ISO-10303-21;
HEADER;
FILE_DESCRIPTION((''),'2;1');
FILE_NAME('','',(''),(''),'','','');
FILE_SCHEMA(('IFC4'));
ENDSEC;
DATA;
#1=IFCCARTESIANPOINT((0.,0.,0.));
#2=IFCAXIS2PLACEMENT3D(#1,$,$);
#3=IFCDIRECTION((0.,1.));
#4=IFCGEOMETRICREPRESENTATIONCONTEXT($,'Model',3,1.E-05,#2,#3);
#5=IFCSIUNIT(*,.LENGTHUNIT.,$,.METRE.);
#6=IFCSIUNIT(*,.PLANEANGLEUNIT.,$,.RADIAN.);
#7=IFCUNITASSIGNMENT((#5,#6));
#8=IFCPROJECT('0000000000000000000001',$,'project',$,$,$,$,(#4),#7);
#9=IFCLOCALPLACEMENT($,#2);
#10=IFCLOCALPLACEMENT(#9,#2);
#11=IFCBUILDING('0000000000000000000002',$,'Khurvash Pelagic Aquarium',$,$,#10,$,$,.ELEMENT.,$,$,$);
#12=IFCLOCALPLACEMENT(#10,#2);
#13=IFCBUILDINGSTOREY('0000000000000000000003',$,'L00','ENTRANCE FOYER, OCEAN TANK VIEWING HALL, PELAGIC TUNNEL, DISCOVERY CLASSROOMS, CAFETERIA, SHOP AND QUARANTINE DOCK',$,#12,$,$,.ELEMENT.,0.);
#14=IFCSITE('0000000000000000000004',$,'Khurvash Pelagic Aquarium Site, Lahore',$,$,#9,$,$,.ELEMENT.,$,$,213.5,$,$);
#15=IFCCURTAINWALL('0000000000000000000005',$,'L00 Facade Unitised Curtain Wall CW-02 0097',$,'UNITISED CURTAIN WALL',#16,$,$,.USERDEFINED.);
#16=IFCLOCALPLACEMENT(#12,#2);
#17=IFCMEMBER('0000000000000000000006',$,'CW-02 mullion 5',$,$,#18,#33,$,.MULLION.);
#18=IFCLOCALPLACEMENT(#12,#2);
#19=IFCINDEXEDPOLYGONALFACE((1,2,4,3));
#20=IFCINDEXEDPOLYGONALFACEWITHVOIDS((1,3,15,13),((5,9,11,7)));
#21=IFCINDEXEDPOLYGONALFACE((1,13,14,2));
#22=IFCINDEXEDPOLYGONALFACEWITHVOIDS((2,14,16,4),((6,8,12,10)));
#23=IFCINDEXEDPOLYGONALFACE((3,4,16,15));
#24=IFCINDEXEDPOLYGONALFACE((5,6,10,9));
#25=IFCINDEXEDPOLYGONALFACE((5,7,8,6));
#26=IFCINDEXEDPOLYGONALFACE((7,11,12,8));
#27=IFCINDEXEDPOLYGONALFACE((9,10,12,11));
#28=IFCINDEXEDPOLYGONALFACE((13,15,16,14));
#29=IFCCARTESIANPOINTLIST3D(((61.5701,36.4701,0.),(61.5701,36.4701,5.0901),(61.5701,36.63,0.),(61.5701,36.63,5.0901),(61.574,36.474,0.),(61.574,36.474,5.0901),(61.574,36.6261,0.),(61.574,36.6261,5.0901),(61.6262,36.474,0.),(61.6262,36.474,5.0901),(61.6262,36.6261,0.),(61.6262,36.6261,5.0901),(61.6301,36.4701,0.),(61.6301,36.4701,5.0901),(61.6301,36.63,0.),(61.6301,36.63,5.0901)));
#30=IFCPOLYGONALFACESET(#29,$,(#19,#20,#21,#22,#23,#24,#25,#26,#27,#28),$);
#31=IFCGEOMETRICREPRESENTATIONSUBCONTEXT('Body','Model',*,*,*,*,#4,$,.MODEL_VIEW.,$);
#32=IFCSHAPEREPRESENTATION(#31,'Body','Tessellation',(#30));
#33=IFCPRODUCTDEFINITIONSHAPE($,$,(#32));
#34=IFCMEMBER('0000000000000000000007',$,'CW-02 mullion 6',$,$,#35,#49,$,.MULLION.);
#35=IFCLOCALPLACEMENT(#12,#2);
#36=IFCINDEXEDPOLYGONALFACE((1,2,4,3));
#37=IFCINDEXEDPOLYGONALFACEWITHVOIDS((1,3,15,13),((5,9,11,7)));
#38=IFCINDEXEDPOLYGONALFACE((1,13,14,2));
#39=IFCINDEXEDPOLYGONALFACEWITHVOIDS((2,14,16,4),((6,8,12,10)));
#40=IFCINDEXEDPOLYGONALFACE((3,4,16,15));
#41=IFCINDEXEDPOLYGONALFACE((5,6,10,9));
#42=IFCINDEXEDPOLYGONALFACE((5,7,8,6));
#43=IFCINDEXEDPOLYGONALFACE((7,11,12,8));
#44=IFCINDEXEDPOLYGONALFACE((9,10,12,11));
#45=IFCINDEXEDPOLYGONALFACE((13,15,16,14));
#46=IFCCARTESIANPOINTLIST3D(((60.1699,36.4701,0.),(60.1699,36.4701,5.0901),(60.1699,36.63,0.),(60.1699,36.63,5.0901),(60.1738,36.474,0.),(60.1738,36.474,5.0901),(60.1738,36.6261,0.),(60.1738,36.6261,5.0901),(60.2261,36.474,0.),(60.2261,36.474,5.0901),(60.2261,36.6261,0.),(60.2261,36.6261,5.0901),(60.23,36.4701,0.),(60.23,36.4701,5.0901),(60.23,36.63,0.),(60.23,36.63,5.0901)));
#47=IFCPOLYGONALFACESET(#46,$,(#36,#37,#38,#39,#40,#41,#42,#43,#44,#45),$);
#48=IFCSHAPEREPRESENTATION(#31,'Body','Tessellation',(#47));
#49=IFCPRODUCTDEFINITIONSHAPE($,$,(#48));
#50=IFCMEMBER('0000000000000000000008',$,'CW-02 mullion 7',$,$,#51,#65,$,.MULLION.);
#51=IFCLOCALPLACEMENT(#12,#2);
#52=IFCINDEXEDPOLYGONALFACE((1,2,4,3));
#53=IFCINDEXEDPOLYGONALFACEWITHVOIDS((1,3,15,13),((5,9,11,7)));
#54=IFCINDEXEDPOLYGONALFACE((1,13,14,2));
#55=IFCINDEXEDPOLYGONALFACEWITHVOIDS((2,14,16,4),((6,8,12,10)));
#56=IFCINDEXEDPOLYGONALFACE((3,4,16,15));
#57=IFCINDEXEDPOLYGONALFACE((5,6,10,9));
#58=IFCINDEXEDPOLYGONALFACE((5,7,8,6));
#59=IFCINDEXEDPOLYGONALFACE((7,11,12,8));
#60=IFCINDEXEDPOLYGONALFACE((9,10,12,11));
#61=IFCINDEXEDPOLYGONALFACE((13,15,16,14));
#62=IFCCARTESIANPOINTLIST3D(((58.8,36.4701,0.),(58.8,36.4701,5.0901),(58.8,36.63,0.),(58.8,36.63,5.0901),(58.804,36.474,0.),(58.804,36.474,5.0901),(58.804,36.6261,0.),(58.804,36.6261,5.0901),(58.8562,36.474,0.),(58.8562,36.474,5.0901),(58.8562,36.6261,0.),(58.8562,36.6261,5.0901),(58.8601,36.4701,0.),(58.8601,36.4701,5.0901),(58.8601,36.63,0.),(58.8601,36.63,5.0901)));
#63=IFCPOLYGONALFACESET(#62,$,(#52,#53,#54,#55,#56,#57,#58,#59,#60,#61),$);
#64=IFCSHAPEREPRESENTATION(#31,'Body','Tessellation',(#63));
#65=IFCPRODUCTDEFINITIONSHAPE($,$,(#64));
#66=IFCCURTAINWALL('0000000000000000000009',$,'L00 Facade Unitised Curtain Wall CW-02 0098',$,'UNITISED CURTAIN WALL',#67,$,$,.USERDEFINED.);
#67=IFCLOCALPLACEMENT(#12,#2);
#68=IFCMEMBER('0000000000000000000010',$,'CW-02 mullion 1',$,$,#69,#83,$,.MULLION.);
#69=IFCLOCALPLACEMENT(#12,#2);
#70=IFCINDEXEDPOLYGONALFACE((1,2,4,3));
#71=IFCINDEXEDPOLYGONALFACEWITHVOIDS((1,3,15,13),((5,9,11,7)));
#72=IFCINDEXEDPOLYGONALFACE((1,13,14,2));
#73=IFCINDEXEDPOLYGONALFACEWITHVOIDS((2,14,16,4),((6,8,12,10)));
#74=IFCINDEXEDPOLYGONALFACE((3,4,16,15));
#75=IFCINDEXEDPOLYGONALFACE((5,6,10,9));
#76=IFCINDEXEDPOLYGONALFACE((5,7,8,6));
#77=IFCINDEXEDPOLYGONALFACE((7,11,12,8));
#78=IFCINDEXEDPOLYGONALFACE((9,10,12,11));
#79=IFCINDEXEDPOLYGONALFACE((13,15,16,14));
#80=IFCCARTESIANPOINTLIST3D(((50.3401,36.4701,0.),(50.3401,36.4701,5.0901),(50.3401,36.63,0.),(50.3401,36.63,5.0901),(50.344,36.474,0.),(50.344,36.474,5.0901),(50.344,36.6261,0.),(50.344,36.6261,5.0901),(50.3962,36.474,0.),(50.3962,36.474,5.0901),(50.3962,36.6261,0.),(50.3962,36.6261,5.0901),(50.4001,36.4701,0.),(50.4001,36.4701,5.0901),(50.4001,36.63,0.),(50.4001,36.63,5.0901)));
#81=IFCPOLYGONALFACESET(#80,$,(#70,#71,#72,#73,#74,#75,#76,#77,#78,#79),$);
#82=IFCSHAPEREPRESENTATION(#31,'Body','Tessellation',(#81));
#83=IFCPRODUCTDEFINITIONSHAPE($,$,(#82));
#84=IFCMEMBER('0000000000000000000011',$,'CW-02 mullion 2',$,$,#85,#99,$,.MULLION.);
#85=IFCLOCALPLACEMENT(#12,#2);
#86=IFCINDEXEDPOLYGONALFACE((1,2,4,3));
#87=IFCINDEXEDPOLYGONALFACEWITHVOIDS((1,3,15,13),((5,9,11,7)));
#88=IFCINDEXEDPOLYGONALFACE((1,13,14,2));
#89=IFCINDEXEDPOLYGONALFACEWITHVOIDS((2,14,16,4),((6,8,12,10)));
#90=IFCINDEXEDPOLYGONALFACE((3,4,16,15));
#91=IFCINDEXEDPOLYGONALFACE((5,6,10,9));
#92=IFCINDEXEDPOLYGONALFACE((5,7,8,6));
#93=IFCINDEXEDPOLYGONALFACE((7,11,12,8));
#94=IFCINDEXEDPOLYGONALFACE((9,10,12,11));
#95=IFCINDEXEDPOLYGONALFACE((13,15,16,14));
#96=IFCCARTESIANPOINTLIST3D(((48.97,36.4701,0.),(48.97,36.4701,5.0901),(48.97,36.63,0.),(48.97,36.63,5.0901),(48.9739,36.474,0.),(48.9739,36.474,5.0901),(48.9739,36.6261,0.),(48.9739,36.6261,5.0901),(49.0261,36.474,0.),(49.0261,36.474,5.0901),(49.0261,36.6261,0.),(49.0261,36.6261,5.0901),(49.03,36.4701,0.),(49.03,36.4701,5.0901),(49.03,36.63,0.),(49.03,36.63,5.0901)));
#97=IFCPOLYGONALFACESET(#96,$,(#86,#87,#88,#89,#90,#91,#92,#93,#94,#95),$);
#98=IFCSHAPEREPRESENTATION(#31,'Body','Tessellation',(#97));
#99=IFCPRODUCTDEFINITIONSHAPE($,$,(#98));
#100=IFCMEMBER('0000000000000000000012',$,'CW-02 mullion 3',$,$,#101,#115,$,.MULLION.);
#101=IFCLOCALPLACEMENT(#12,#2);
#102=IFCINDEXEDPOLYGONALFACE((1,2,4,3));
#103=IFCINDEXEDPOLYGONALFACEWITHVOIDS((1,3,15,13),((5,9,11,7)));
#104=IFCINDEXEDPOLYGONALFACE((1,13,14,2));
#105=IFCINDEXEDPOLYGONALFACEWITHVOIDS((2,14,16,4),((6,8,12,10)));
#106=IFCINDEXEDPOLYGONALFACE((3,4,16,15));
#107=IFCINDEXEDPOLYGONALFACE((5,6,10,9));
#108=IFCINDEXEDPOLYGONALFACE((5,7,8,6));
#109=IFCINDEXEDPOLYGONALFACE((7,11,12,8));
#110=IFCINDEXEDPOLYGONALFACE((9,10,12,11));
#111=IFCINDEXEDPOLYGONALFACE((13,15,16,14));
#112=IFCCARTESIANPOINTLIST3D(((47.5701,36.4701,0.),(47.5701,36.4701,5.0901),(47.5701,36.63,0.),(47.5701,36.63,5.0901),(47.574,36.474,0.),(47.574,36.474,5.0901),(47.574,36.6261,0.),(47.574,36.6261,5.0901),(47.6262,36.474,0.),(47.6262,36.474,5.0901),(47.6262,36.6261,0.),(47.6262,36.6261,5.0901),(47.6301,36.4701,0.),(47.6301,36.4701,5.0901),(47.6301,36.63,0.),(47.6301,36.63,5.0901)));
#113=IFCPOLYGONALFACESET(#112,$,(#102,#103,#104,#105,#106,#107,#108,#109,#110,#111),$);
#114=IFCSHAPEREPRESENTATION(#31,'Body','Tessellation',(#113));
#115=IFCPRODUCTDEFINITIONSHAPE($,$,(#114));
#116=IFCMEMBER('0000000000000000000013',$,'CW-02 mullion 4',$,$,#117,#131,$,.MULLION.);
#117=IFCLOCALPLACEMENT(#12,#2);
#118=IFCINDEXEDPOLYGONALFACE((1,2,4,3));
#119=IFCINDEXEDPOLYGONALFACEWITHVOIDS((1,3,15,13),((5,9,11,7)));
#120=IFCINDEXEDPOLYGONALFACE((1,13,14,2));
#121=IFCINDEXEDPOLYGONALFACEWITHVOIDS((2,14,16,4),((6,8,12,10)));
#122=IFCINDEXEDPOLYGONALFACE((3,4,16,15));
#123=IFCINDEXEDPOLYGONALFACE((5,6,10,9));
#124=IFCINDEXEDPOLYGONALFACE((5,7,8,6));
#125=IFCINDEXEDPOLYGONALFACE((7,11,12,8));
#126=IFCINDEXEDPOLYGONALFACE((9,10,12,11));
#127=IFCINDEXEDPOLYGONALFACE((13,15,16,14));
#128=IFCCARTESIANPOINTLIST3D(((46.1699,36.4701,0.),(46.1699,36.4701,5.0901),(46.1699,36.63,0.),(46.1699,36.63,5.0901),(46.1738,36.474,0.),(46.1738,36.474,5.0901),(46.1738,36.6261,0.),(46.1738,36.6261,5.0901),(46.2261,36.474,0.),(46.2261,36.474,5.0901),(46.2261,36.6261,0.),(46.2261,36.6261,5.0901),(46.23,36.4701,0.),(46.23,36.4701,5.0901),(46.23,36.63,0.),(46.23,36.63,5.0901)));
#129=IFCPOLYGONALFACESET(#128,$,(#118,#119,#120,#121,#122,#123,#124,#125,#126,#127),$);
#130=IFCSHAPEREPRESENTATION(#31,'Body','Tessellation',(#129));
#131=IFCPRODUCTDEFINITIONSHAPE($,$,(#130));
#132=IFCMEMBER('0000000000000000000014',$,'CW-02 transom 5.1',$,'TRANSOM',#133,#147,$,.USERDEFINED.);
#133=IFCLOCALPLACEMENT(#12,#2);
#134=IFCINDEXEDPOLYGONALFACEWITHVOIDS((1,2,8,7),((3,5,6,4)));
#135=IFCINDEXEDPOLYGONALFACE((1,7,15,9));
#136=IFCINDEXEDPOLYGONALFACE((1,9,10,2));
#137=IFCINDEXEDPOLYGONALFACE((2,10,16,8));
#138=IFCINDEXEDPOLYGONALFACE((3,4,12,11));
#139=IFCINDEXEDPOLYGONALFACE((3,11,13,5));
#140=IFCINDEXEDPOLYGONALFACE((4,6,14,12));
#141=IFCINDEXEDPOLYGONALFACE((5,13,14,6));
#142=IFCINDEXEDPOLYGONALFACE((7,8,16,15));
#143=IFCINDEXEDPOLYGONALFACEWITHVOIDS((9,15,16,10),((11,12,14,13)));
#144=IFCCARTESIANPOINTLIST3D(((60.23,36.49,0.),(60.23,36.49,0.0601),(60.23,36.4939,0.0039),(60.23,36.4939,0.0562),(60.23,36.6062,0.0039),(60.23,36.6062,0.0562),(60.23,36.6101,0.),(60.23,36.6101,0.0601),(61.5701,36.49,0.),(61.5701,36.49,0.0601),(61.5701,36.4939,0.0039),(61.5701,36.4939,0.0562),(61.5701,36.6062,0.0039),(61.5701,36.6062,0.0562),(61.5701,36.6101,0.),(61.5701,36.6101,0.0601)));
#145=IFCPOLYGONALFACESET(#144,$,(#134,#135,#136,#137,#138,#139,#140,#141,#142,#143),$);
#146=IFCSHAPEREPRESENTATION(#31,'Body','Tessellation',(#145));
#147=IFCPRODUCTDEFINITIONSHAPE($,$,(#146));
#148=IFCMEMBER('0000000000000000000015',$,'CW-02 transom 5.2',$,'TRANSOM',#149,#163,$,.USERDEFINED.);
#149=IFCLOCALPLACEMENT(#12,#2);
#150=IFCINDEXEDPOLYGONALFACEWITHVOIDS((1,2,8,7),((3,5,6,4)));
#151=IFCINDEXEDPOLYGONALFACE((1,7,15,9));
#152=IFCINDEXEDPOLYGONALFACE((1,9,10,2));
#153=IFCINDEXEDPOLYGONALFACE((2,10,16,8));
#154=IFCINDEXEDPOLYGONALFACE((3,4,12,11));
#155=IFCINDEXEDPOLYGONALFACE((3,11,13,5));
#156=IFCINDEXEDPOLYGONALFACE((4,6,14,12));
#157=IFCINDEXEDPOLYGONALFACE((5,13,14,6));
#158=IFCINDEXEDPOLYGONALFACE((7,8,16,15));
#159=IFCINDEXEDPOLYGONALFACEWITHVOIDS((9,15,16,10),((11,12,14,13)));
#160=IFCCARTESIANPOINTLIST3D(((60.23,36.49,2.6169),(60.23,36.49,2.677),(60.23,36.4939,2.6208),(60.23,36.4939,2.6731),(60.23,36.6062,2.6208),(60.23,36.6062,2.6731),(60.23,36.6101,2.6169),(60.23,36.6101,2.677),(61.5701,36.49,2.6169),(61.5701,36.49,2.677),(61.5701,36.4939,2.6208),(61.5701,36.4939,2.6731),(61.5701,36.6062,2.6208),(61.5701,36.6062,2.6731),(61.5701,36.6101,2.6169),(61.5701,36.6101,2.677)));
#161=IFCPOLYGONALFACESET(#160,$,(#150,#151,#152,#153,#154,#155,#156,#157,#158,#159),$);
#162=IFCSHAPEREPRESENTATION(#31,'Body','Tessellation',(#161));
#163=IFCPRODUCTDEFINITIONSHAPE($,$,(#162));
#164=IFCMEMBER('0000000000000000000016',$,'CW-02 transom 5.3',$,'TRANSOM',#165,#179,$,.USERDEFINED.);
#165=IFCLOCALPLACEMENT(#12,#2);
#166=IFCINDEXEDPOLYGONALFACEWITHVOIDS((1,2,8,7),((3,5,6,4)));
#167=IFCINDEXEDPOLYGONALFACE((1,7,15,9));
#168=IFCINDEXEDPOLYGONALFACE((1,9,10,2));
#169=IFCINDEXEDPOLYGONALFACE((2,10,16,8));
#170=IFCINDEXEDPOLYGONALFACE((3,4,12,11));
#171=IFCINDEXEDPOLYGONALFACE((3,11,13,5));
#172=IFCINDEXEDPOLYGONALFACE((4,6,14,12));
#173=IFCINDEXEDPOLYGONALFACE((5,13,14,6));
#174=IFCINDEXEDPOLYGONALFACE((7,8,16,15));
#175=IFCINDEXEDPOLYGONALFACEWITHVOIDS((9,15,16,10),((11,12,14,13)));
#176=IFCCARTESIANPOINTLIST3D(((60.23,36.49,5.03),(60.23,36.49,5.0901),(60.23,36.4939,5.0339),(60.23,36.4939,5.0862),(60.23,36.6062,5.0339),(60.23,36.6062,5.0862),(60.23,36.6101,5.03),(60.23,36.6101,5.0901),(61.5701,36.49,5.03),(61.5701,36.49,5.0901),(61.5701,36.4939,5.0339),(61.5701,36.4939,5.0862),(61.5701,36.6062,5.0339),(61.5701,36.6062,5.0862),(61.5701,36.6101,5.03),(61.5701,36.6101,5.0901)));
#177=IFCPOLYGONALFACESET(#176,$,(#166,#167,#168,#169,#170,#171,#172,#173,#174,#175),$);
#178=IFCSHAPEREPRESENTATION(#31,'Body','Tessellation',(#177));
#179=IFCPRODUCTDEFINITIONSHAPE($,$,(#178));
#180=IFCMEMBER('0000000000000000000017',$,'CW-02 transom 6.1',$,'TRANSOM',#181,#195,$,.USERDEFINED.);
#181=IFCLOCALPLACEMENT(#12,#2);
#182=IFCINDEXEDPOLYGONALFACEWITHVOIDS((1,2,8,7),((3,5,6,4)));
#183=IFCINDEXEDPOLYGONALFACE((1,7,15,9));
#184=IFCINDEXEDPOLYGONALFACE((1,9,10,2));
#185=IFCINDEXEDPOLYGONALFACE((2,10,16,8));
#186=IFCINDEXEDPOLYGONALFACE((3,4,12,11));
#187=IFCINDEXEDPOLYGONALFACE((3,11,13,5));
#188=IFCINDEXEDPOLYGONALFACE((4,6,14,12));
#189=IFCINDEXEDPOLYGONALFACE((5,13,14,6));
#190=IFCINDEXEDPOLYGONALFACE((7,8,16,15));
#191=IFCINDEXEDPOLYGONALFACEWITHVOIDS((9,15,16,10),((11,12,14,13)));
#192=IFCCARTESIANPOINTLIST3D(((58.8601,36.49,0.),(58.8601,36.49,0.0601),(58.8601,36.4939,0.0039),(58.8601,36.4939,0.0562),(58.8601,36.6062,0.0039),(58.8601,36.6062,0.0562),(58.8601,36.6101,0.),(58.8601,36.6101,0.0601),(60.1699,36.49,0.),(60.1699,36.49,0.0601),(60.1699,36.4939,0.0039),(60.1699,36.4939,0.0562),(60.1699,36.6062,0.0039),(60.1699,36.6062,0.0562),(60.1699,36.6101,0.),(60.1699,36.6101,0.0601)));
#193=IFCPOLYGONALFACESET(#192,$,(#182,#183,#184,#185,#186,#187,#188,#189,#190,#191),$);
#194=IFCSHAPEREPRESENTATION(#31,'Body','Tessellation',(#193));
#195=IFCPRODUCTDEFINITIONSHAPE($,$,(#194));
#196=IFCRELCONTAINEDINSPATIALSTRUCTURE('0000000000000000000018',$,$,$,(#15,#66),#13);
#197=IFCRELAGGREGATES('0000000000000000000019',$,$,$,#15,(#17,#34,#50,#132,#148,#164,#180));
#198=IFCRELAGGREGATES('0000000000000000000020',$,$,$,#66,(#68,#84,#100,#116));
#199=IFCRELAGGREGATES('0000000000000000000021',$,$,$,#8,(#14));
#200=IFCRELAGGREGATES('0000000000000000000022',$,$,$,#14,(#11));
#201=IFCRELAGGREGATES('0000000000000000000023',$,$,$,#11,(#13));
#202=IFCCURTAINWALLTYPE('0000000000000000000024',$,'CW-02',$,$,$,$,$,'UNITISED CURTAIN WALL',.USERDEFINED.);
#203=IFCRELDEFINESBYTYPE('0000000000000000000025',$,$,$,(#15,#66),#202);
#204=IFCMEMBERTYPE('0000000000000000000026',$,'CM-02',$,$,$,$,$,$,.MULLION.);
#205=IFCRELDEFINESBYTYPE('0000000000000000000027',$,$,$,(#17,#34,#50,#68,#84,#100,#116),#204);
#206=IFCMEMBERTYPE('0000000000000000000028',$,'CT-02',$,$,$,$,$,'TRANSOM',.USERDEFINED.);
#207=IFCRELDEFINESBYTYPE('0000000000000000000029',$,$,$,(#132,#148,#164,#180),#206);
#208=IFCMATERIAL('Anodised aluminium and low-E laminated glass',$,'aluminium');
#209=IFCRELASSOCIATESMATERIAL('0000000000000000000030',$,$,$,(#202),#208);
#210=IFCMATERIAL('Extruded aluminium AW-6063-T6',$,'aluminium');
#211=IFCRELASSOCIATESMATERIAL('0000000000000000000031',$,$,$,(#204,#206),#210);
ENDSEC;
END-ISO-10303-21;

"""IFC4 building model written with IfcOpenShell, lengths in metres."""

from ifc_helpers import new_model, si_unit, direction, frame, origin, origin_2d, place, context, subcontext, project, spatial, hollow_rectangle, extrude, material, material_profile, profile_set, type_object, element, aggregate, save


model = new_model("IFC4")

# Units and contexts
model_context = context("Model", 3, precision=1e-05, world=origin(), true_north=direction((0.0, 1.0)))
body_context = subcontext(model_context, "Body", "Model", "MODEL_VIEW")
ifc_project = project(units=[si_unit("LENGTHUNIT", "METRE"), si_unit("PLANEANGLEUNIT", "RADIAN")], contexts=[model_context])

# Site, building, storey
site_placement = place(None, origin())
site = spatial("IfcSite", under=ifc_project, at=site_placement, Name="Khurvash Pelagic Aquarium Site, Lahore", CompositionType="ELEMENT", RefElevation=213.5)
building_placement = place(site_placement, origin())
building = spatial("IfcBuilding", under=site, at=building_placement, Name="Khurvash Pelagic Aquarium", CompositionType="ELEMENT")
storey_placement = place(building_placement, origin())
storey = spatial("IfcBuildingStorey", under=building, at=storey_placement, Name="L00", Description="ENTRANCE FOYER, OCEAN TANK VIEWING HALL, PELAGIC TUNNEL, DISCOVERY CLASSROOMS, CAFETERIA, SHOP AND QUARANTINE DOCK", CompositionType="ELEMENT", Elevation=0.0)

# Curtain walls, members
ifc_material_1 = material(Name="Anodised aluminium and low-E laminated glass", Category="aluminium")
curtain_wall_type = type_object("IfcCurtainWallType", Name="CW-02", ElementType="UNITISED CURTAIN WALL", PredefinedType="USERDEFINED", material=ifc_material_1)
curtain_wall_1_placement = place(storey_placement, origin())
curtain_wall_1 = element("IfcCurtainWall", 1, at=curtain_wall_1_placement, inside=storey, type_object=curtain_wall_type, Name="L00 Facade Unitised Curtain Wall CW-02 0097", ObjectType="UNITISED CURTAIN WALL", PredefinedType="USERDEFINED")
ifc_material_2 = material(Name="Extruded aluminium AW-6063-T6", Category="aluminium")
ifc_material_profile_1 = material_profile(ifc_material_2, hollow_rectangle(XDim=0.0601, YDim=0.1599, WallThickness=0.0039, at=origin_2d()), Name="CWM60X160X4")
ifc_profile_set_1 = profile_set([ifc_material_profile_1], Name="Extruded aluminium AW-6063-T6")
member_type_1 = type_object("IfcMemberType", Name="CM-02", PredefinedType="MULLION", material=ifc_profile_set_1)
member_1_placement = place(storey_placement, frame((61.6001, 36.55, 0.0), z_axis=(0.0, 0.0, 1.0), x_axis=(-1.0, 0.0, 0.0)))
member_1 = element("IfcMember", 2, at=member_1_placement, type_object=member_type_1, Name="CW-02 mullion 5", PredefinedType="MULLION", context=body_context, shape_type="SweptSolid", body=[
    extrude(hollow_rectangle(XDim=0.0601, YDim=0.1599, WallThickness=0.0039, at=origin_2d()), origin(), (0.0, 0.0, 1.0), 5.0901),
])
member_2_placement = place(storey_placement, frame((60.2, 36.55, 0.0), z_axis=(0.0, 0.0, 1.0), x_axis=(-1.0, 0.0, 0.0)))
member_2 = element("IfcMember", 3, at=member_2_placement, type_object=member_type_1, Name="CW-02 mullion 6", PredefinedType="MULLION", context=body_context, shape_type="SweptSolid", body=[
    extrude(hollow_rectangle(XDim=0.0601, YDim=0.1599, WallThickness=0.0039, at=origin_2d()), origin(), (0.0, 0.0, 1.0), 5.0901),
])
member_3_placement = place(storey_placement, frame((58.8301, 36.55, 0.0), z_axis=(0.0, 0.0, 1.0), x_axis=(-1.0, 0.0, 0.0)))
member_3 = element("IfcMember", 4, at=member_3_placement, type_object=member_type_1, Name="CW-02 mullion 7", PredefinedType="MULLION", context=body_context, shape_type="SweptSolid", body=[
    extrude(hollow_rectangle(XDim=0.0601, YDim=0.1599, WallThickness=0.0039, at=origin_2d()), origin(), (0.0, 0.0, 1.0), 5.0901),
])
curtain_wall_2_placement = place(storey_placement, origin())
curtain_wall_2 = element("IfcCurtainWall", 5, at=curtain_wall_2_placement, inside=storey, type_object=curtain_wall_type, Name="L00 Facade Unitised Curtain Wall CW-02 0098", ObjectType="UNITISED CURTAIN WALL", PredefinedType="USERDEFINED")
member_4_placement = place(storey_placement, frame((50.3701, 36.55, 0.0), z_axis=(0.0, 0.0, 1.0), x_axis=(-1.0, 0.0, 0.0)))
member_4 = element("IfcMember", 6, at=member_4_placement, type_object=member_type_1, Name="CW-02 mullion 1", PredefinedType="MULLION", context=body_context, shape_type="SweptSolid", body=[
    extrude(hollow_rectangle(XDim=0.0601, YDim=0.1599, WallThickness=0.0039, at=origin_2d()), origin(), (0.0, 0.0, 1.0), 5.0901),
])
member_5_placement = place(storey_placement, frame((49.0, 36.55, 0.0), z_axis=(0.0, 0.0, 1.0), x_axis=(-1.0, 0.0, 0.0)))
member_5 = element("IfcMember", 7, at=member_5_placement, type_object=member_type_1, Name="CW-02 mullion 2", PredefinedType="MULLION", context=body_context, shape_type="SweptSolid", body=[
    extrude(hollow_rectangle(XDim=0.0601, YDim=0.1599, WallThickness=0.0039, at=origin_2d()), origin(), (0.0, 0.0, 1.0), 5.0901),
])
member_6_placement = place(storey_placement, frame((47.6001, 36.55, 0.0), z_axis=(0.0, 0.0, 1.0), x_axis=(-1.0, 0.0, 0.0)))
member_6 = element("IfcMember", 8, at=member_6_placement, type_object=member_type_1, Name="CW-02 mullion 3", PredefinedType="MULLION", context=body_context, shape_type="SweptSolid", body=[
    extrude(hollow_rectangle(XDim=0.0601, YDim=0.1599, WallThickness=0.0039, at=origin_2d()), origin(), (0.0, 0.0, 1.0), 5.0901),
])
member_7_placement = place(storey_placement, frame((46.2, 36.55, 0.0), z_axis=(0.0, 0.0, 1.0), x_axis=(-1.0, 0.0, 0.0)))
member_7 = element("IfcMember", 9, at=member_7_placement, type_object=member_type_1, Name="CW-02 mullion 4", PredefinedType="MULLION", context=body_context, shape_type="SweptSolid", body=[
    extrude(hollow_rectangle(XDim=0.0601, YDim=0.1599, WallThickness=0.0039, at=origin_2d()), origin(), (0.0, 0.0, 1.0), 5.0901),
])

# Members
ifc_material_profile_2 = material_profile(ifc_material_2, hollow_rectangle(XDim=0.1201, YDim=0.0601, WallThickness=0.0039, at=origin_2d()), Name="CWT120X60X4")
ifc_profile_set_2 = profile_set([ifc_material_profile_2], Name="Extruded aluminium AW-6063-T6")
member_type_2 = type_object("IfcMemberType", Name="CT-02", ElementType="TRANSOM", PredefinedType="USERDEFINED", material=ifc_profile_set_2)
member_8_placement = place(storey_placement, frame((61.5701, 36.55, 0.03), z_axis=(-1.0, 0.0, 0.0), x_axis=(0.0, -1.0, 0.0)))
member_8 = element("IfcMember", 10, at=member_8_placement, type_object=member_type_2, Name="CW-02 transom 5.1", ObjectType="TRANSOM", PredefinedType="USERDEFINED", context=body_context, shape_type="SweptSolid", body=[
    extrude(hollow_rectangle(XDim=0.1201, YDim=0.0601, WallThickness=0.0039, at=origin_2d()), origin(), (0.0, 0.0, 1.0), 1.3401),
])
member_9_placement = place(storey_placement, frame((61.5701, 36.55, 2.647), z_axis=(-1.0, 0.0, 0.0), x_axis=(0.0, -1.0, 0.0)))
member_9 = element("IfcMember", 11, at=member_9_placement, type_object=member_type_2, Name="CW-02 transom 5.2", ObjectType="TRANSOM", PredefinedType="USERDEFINED", context=body_context, shape_type="SweptSolid", body=[
    extrude(hollow_rectangle(XDim=0.1201, YDim=0.0601, WallThickness=0.0039, at=origin_2d()), origin(), (0.0, 0.0, 1.0), 1.3401),
])
member_10_placement = place(storey_placement, frame((61.5701, 36.55, 5.0601), z_axis=(-1.0, 0.0, 0.0), x_axis=(0.0, -1.0, 0.0)))
member_10 = element("IfcMember", 12, at=member_10_placement, type_object=member_type_2, Name="CW-02 transom 5.3", ObjectType="TRANSOM", PredefinedType="USERDEFINED", context=body_context, shape_type="SweptSolid", body=[
    extrude(hollow_rectangle(XDim=0.1201, YDim=0.0601, WallThickness=0.0039, at=origin_2d()), origin(), (0.0, 0.0, 1.0), 1.3401),
])
member_11_placement = place(storey_placement, frame((60.1699, 36.55, 0.03), z_axis=(-1.0, 0.0, 0.0), x_axis=(0.0, -1.0, 0.0)))
member_11 = element("IfcMember", 13, at=member_11_placement, type_object=member_type_2, Name="CW-02 transom 6.1", ObjectType="TRANSOM", PredefinedType="USERDEFINED", context=body_context, shape_type="SweptSolid", body=[
    extrude(hollow_rectangle(XDim=0.1201, YDim=0.0601, WallThickness=0.0039, at=origin_2d()), origin(), (0.0, 0.0, 1.0), 1.3098),
])

aggregate(curtain_wall_1, [member_1, member_2, member_3, member_8, member_9, member_10, member_11])
aggregate(curtain_wall_2, [member_4, member_5, member_6, member_7])

save(model, "model.ifc")
